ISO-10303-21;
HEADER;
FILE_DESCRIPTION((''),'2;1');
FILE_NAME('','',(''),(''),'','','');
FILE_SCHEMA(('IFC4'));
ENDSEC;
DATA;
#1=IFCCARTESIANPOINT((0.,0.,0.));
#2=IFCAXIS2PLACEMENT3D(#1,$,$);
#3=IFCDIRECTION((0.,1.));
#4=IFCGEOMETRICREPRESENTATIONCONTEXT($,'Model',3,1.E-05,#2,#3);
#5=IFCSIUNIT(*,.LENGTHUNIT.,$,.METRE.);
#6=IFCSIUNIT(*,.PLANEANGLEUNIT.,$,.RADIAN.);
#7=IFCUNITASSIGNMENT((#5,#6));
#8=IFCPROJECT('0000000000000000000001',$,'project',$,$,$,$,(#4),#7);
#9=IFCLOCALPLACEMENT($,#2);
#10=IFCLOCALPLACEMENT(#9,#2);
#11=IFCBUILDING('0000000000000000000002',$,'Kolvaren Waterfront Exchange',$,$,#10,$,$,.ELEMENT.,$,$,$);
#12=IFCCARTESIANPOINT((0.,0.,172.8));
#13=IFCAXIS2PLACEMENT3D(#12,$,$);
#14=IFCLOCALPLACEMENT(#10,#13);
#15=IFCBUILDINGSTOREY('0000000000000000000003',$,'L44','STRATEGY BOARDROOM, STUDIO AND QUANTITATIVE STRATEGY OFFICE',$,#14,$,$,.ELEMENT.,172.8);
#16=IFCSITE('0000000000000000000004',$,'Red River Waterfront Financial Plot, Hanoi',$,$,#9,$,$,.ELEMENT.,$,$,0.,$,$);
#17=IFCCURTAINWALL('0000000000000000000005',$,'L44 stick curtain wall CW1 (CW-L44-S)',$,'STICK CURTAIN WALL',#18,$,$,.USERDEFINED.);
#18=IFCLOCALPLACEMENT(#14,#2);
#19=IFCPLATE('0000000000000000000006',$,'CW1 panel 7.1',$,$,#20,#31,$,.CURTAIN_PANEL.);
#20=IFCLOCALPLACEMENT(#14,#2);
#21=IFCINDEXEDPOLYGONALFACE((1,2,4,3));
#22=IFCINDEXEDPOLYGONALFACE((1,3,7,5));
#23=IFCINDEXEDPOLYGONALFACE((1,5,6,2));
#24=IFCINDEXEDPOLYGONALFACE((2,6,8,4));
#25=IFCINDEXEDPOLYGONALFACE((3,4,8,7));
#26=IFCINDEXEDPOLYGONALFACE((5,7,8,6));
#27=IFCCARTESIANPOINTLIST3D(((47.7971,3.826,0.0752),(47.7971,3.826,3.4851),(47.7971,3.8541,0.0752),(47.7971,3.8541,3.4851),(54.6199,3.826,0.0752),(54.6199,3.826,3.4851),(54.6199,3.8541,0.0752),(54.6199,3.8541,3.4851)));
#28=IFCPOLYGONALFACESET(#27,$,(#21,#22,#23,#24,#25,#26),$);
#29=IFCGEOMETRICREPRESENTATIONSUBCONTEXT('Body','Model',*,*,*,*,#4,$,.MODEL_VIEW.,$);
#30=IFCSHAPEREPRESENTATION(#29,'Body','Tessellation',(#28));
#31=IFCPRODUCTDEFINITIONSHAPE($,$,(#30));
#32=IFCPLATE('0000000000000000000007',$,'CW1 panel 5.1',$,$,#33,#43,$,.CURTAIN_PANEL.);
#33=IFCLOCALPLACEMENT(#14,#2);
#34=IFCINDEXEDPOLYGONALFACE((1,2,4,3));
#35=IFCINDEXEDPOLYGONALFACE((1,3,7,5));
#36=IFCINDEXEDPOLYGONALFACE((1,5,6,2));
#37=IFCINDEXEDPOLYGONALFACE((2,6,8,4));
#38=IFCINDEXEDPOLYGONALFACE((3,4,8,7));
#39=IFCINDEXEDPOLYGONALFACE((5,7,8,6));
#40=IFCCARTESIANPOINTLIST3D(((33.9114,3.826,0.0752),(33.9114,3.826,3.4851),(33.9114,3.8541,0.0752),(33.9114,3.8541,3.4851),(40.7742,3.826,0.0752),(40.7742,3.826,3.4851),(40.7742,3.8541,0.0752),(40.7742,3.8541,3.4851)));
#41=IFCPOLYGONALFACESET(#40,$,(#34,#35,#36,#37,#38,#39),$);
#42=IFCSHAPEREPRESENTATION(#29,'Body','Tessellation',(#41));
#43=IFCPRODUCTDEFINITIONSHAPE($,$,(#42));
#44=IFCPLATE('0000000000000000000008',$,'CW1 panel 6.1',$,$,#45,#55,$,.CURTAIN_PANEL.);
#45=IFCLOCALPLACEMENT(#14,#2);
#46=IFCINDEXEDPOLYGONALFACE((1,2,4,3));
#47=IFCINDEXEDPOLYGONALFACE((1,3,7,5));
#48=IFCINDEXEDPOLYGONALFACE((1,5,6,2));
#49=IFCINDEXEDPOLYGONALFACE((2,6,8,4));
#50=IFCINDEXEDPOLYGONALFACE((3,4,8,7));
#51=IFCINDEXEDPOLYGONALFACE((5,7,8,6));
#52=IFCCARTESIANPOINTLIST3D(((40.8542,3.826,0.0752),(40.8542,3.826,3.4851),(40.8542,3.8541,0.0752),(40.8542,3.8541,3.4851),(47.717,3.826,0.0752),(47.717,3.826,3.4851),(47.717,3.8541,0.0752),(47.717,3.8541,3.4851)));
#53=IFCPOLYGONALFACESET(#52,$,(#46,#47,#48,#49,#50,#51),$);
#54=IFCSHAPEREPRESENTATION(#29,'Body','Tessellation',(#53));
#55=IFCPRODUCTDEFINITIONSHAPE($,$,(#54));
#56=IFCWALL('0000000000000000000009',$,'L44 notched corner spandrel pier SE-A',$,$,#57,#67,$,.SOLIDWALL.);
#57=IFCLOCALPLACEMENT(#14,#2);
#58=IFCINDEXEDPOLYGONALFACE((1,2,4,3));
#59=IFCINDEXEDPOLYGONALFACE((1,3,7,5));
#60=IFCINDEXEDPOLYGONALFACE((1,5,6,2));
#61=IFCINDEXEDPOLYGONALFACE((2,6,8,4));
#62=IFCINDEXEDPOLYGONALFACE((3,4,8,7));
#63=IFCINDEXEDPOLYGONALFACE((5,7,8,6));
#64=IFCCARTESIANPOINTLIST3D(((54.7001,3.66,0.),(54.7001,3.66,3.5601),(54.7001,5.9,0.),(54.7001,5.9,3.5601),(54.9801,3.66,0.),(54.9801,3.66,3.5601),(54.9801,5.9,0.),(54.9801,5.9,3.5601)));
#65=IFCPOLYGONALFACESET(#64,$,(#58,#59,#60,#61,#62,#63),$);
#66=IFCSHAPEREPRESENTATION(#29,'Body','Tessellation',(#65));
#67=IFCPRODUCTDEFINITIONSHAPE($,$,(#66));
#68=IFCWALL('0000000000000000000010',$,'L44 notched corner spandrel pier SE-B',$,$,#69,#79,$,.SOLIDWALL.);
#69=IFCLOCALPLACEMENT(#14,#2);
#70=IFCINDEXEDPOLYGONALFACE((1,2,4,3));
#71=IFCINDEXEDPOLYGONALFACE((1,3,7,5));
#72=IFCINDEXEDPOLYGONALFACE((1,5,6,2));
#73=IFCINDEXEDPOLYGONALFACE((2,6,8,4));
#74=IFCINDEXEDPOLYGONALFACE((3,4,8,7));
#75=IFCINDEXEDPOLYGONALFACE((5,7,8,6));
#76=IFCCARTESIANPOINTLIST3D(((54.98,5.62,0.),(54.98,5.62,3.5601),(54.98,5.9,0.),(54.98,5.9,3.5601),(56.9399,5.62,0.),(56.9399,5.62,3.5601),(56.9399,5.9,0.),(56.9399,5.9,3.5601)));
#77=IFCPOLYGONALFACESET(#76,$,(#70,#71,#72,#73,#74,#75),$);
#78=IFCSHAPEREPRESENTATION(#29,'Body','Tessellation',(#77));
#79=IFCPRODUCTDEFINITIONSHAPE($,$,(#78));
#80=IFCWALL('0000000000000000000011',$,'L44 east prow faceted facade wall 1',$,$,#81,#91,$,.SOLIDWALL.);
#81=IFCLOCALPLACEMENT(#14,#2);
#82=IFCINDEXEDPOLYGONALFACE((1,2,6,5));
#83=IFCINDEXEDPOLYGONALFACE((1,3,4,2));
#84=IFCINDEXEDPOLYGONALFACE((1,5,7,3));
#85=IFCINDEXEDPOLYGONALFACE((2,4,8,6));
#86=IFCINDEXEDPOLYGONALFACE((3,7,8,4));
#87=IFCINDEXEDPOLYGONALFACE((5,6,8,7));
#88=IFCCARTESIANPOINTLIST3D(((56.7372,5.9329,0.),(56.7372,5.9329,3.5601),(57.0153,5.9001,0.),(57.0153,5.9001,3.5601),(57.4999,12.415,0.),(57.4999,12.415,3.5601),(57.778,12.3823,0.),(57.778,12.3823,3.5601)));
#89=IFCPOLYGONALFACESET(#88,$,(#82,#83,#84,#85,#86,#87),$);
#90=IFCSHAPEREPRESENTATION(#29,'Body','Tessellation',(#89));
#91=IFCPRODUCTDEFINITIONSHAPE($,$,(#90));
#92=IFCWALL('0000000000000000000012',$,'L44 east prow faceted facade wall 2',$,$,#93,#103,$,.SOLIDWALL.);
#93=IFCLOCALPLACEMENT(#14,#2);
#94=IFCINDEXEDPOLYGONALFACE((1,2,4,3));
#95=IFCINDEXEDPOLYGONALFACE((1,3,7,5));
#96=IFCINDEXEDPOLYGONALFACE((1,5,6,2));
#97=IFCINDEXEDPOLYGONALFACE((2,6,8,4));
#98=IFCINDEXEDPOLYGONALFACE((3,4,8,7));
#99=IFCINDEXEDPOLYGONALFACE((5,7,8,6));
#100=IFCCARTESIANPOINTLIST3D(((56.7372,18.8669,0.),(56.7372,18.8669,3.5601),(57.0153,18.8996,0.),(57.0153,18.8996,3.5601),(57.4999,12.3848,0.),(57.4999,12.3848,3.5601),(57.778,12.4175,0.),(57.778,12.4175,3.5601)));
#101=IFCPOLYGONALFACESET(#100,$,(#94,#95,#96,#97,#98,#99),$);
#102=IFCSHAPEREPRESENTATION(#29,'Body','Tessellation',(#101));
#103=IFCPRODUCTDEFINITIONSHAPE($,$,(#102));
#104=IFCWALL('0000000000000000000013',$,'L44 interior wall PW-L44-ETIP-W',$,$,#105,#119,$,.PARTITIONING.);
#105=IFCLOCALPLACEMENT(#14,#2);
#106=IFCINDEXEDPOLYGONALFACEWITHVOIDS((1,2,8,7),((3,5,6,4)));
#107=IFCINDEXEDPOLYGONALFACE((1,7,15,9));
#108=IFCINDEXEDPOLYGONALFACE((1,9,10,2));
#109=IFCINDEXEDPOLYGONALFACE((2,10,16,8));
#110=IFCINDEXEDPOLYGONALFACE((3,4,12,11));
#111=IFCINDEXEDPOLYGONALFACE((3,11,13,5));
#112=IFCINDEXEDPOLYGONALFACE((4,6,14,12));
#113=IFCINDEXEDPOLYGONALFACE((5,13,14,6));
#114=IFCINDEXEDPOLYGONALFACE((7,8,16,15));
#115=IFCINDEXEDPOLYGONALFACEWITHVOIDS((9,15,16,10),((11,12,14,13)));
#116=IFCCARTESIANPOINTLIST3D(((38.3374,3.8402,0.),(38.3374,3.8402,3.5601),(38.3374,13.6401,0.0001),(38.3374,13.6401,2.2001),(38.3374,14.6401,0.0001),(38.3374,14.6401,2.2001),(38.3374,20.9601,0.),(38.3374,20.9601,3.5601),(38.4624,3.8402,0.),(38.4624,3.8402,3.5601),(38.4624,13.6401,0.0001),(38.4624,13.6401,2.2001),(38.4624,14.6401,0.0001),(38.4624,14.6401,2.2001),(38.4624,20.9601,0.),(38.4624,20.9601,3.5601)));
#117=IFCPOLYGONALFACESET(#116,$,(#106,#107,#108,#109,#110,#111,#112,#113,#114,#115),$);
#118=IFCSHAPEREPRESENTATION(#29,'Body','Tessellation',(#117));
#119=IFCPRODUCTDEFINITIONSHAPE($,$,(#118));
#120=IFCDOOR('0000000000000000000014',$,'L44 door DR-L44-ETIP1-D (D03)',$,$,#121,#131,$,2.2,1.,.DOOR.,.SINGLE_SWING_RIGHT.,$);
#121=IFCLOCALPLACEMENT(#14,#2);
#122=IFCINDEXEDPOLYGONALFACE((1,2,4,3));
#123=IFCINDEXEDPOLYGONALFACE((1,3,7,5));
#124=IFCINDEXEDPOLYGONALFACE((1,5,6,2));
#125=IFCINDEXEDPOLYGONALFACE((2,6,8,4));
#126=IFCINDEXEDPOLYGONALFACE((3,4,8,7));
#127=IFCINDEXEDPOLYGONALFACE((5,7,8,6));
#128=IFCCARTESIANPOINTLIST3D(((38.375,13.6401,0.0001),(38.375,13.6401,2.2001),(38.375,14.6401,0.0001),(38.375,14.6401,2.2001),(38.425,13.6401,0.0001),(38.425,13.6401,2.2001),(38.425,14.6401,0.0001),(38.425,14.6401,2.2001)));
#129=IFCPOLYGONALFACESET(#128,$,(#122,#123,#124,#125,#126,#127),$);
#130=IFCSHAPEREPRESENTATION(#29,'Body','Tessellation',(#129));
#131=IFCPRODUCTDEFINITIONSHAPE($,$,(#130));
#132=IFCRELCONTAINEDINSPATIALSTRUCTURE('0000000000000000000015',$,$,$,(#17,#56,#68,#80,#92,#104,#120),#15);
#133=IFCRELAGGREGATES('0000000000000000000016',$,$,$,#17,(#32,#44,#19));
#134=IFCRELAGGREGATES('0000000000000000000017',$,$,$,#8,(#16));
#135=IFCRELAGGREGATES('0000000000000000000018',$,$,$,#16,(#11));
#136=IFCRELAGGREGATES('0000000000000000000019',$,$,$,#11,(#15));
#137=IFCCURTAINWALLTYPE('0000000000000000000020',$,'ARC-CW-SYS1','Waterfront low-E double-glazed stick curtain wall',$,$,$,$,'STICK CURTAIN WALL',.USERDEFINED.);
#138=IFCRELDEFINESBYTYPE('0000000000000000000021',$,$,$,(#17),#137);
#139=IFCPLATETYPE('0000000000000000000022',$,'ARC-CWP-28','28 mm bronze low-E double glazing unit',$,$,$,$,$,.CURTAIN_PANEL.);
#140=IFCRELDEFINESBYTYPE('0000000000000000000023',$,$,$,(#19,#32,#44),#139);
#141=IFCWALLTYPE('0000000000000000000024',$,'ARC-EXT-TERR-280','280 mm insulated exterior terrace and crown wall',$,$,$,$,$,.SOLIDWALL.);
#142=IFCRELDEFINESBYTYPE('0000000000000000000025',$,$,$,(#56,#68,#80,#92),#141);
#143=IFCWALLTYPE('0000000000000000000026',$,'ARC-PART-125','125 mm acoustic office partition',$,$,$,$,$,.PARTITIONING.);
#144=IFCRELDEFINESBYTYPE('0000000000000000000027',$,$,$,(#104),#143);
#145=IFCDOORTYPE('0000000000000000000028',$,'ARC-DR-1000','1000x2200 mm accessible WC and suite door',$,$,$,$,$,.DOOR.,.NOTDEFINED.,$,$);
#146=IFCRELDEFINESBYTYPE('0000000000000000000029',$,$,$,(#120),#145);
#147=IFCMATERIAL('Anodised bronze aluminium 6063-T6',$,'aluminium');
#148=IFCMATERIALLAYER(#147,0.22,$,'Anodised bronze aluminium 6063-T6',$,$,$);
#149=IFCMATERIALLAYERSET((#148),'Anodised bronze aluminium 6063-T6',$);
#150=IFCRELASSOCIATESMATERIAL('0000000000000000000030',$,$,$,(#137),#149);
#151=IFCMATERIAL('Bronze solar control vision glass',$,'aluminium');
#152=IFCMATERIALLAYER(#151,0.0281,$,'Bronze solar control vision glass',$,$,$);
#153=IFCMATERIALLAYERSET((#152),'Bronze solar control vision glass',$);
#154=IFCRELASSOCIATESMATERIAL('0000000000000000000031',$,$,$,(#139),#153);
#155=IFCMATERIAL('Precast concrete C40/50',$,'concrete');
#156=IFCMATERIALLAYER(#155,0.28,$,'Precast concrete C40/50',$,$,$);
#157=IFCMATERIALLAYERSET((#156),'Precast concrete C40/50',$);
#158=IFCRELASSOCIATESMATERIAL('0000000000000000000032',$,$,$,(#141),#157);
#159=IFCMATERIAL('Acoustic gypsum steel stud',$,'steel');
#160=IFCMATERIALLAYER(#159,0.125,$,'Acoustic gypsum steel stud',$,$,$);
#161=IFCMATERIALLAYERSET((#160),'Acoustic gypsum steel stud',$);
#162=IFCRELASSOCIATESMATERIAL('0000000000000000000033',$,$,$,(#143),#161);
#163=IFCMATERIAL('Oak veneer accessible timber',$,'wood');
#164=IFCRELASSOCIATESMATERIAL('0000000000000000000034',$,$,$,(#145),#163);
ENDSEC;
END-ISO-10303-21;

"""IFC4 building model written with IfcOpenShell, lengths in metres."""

from ifc_helpers import new_model, si_unit, direction, frame, frame_2d, origin, origin_with_axes, origin_2d, place, context, subcontext, project, spatial, rectangle, extrude, source, transform, mapped, material, layer, layer_set, type_object, element, fill, aggregate, save


model = new_model("IFC4")

# Units and contexts
model_context = context("Model", 3, precision=1e-05, world=origin(), true_north=direction((0.0, 1.0)))
body_context = subcontext(model_context, "Body", "Model", "MODEL_VIEW")
ifc_project = project(units=[si_unit("LENGTHUNIT", "METRE"), si_unit("PLANEANGLEUNIT", "RADIAN")], contexts=[model_context])

# Site, building, storey
site_placement = place(None, origin())
site = spatial("IfcSite", under=ifc_project, at=site_placement, Name="Red River Waterfront Financial Plot, Hanoi", CompositionType="ELEMENT", RefElevation=0.0)
building_placement = place(site_placement, origin())
building = spatial("IfcBuilding", under=site, at=building_placement, Name="Kolvaren Waterfront Exchange", CompositionType="ELEMENT")
storey_placement = place(building_placement, frame((0.0, 0.0, 172.8)))
storey = spatial("IfcBuildingStorey", under=building, at=storey_placement, Name="L44", Description="STRATEGY BOARDROOM, STUDIO AND QUANTITATIVE STRATEGY OFFICE", CompositionType="ELEMENT", Elevation=172.8)

# Curtain wall, plates
ifc_material_1 = material(Name="Anodised bronze aluminium 6063-T6", Category="aluminium")
ifc_layer_1 = layer(ifc_material_1, 0.22, Name="Anodised bronze aluminium 6063-T6")
ifc_layer_set_1 = layer_set([ifc_layer_1], Name="Anodised bronze aluminium 6063-T6")
curtain_wall_type = type_object("IfcCurtainWallType", Name="ARC-CW-SYS1", Description="Waterfront low-E double-glazed stick curtain wall", ElementType="STICK CURTAIN WALL", PredefinedType="USERDEFINED", material=ifc_layer_set_1)
curtain_wall_placement = place(storey_placement, origin())
curtain_wall = element("IfcCurtainWall", 1, at=curtain_wall_placement, inside=storey, type_object=curtain_wall_type, Name="L44 stick curtain wall CW1 (CW-L44-S)", ObjectType="STICK CURTAIN WALL", PredefinedType="USERDEFINED")
ifc_material_2 = material(Name="Bronze solar control vision glass", Category="aluminium")
ifc_layer_2 = layer(ifc_material_2, 0.0281, Name="Bronze solar control vision glass")
ifc_layer_set_2 = layer_set([ifc_layer_2], Name="Bronze solar control vision glass")
plate_type = type_object("IfcPlateType", Name="ARC-CWP-28", Description="28 mm bronze low-E double glazing unit", PredefinedType="CURTAIN_PANEL", material=ifc_layer_set_2)
shared_shape_1 = source(origin_with_axes(), body_context, "Body", "SweptSolid", [
    extrude(rectangle(XDim=6.8228, YDim=0.0281, at=origin_2d()), origin(), (0.0, 0.0, 1.0), 3.4099),
])
plate_1_placement = place(storey_placement, frame((51.2085, 3.8401, 0.0752), z_axis=(0.0, 0.0, 1.0), x_axis=(1.0, 0.0, 0.0)))
plate_1 = element("IfcPlate", 2, at=plate_1_placement, type_object=plate_type, Name="CW1 panel 7.1", PredefinedType="CURTAIN_PANEL", context=body_context, shape_type="MappedRepresentation", body=[
    mapped(shared_shape_1, transform((0.0, 0.0, 0.0), x_axis=(1.0, 0.0, 0.0), y_axis=(0.0, 1.0, 0.0), z_axis=(0.0, 0.0, 1.0), scale=1.0)),
])
shared_shape_2 = source(origin_with_axes(), body_context, "Body", "SweptSolid", [
    extrude(rectangle(XDim=6.8628, YDim=0.0281, at=origin_2d()), origin(), (0.0, 0.0, 1.0), 3.4099),
])
plate_2_placement = place(storey_placement, frame((37.3428, 3.8401, 0.0752), z_axis=(0.0, 0.0, 1.0), x_axis=(1.0, 0.0, 0.0)))
plate_2 = element("IfcPlate", 3, at=plate_2_placement, type_object=plate_type, Name="CW1 panel 5.1", PredefinedType="CURTAIN_PANEL", context=body_context, shape_type="MappedRepresentation", body=[
    mapped(shared_shape_2, transform((0.0, 0.0, 0.0), x_axis=(1.0, 0.0, 0.0), y_axis=(0.0, 1.0, 0.0), z_axis=(0.0, 0.0, 1.0), scale=1.0)),
])
plate_3_placement = place(storey_placement, frame((44.2856, 3.8401, 0.0752), z_axis=(0.0, 0.0, 1.0), x_axis=(1.0, 0.0, 0.0)))
plate_3 = element("IfcPlate", 4, at=plate_3_placement, type_object=plate_type, Name="CW1 panel 6.1", PredefinedType="CURTAIN_PANEL", context=body_context, shape_type="MappedRepresentation", body=[
    mapped(shared_shape_2, transform((0.0, 0.0, 0.0), x_axis=(1.0, 0.0, 0.0), y_axis=(0.0, 1.0, 0.0), z_axis=(0.0, 0.0, 1.0), scale=1.0)),
])
aggregate(curtain_wall, [plate_2, plate_3, plate_1])

# Walls
ifc_material_3 = material(Name="Precast concrete C40/50", Category="concrete")
ifc_layer_3 = layer(ifc_material_3, 0.28, Name="Precast concrete C40/50")
ifc_layer_set_3 = layer_set([ifc_layer_3], Name="Precast concrete C40/50")
wall_type_1 = type_object("IfcWallType", Name="ARC-EXT-TERR-280", Description="280 mm insulated exterior terrace and crown wall", PredefinedType="SOLIDWALL", material=ifc_layer_set_3)
wall_1_placement = place(storey_placement, frame((54.8401, 3.6599, 0.0), z_axis=(0.0, 0.0, 1.0), x_axis=(0.0, 1.0, 0.0)))
element("IfcWall", 5, at=wall_1_placement, inside=storey, type_object=wall_type_1, Name="L44 notched corner spandrel pier SE-A", PredefinedType="SOLIDWALL", context=body_context, shape_type="SweptSolid", body=[
    extrude(rectangle(XDim=2.24, YDim=0.28, at=frame_2d((1.1201, 0.0))), origin(), (0.0, 0.0, 1.0), 3.5601),
])
wall_2_placement = place(storey_placement, frame((54.98, 5.76, 0.0), z_axis=(0.0, 0.0, 1.0), x_axis=(1.0, 0.0, 0.0)))
element("IfcWall", 6, at=wall_2_placement, inside=storey, type_object=wall_type_1, Name="L44 notched corner spandrel pier SE-B", PredefinedType="SOLIDWALL", context=body_context, shape_type="SweptSolid", body=[
    extrude(rectangle(XDim=1.96, YDim=0.28, at=frame_2d((0.98, 0.0))), origin(), (0.0, 0.0, 1.0), 3.5601),
])
for number, where, z_axis, x_axis, name in (
    (7, (56.8762, 5.9165, 0.0), (0.0, 0.0, 1.0), (0.116854, 0.993149, 0.0), "L44 east prow faceted facade wall 1"),
    (8, (57.6389, 12.4011, 0.0), (0.0, 0.0, 1.0), (-0.116854, 0.993149, 0.0), "L44 east prow faceted facade wall 2"),
):
    element("IfcWall", number, at=place(storey_placement, frame(where, z_axis=z_axis, x_axis=x_axis)), inside=storey, type_object=wall_type_1, Name=name, PredefinedType="SOLIDWALL", context=body_context, shape_type="SweptSolid", body=[
        extrude(rectangle(XDim=6.5269, YDim=0.28, at=frame_2d((3.2634, 0.0))), origin(), (0.0, 0.0, 1.0), 3.5601),
    ])

# Wall, opening, door
ifc_material_4 = material(Name="Acoustic gypsum steel stud", Category="steel")
ifc_layer_4 = layer(ifc_material_4, 0.125, Name="Acoustic gypsum steel stud")
ifc_layer_set_4 = layer_set([ifc_layer_4], Name="Acoustic gypsum steel stud")
wall_type_2 = type_object("IfcWallType", Name="ARC-PART-125", Description="125 mm acoustic office partition", PredefinedType="PARTITIONING", material=ifc_layer_set_4)
wall_3_placement = place(storey_placement, frame((38.3999, 3.8401, 0.0), z_axis=(0.0, 0.0, 1.0), x_axis=(0.0, 1.0, 0.0)))
wall_3 = element("IfcWall", 9, at=wall_3_placement, inside=storey, type_object=wall_type_2, Name="L44 interior wall PW-L44-ETIP-W", PredefinedType="PARTITIONING", context=body_context, shape_type="SweptSolid", body=[
    extrude(rectangle(XDim=17.1199, YDim=0.125, at=frame_2d((8.5601, 0.0))), origin(), (0.0, 0.0, 1.0), 3.5601),
])
opening_placement = place(wall_3_placement, frame((9.8, 0.0, 0.0)))
opening = element("IfcOpeningElement", 10, at=opening_placement, cuts=wall_3, PredefinedType="OPENING", context=body_context, shape_type="SweptSolid", body=[
    extrude(rectangle(XDim=1.0, YDim=2.2, at=frame_2d((0.5, 1.1001))), frame((0.0, 0.0725, 0.0), z_axis=(0.0, -1.0, 0.0), x_axis=(1.0, 0.0, 0.0)), (0.0, 0.0, 1.0), 0.145),
])
ifc_material_5 = material(Name="Oak veneer accessible timber", Category="wood")
door_type = type_object("IfcDoorType", Name="ARC-DR-1000", Description="1000x2200 mm accessible WC and suite door", OperationType="NOTDEFINED", PredefinedType="DOOR", material=ifc_material_5)
door_placement = place(opening_placement, origin())
door = element("IfcDoor", 11, at=door_placement, inside=storey, type_object=door_type, Name="L44 door DR-L44-ETIP1-D (D03)", OperationType="SINGLE_SWING_RIGHT", OverallHeight=2.2, OverallWidth=1.0, PredefinedType="DOOR", context=body_context, shape_type="SweptSolid", body=[
    extrude(rectangle(XDim=1.0, YDim=2.2, at=frame_2d((0.5, 1.1001))), frame((0.0, 0.0249, 0.0), z_axis=(0.0, -1.0, 0.0), x_axis=(1.0, 0.0, 0.0)), (0.0, 0.0, 1.0), 0.05),
])
fill(opening, door)

save(model, "model.ifc")
